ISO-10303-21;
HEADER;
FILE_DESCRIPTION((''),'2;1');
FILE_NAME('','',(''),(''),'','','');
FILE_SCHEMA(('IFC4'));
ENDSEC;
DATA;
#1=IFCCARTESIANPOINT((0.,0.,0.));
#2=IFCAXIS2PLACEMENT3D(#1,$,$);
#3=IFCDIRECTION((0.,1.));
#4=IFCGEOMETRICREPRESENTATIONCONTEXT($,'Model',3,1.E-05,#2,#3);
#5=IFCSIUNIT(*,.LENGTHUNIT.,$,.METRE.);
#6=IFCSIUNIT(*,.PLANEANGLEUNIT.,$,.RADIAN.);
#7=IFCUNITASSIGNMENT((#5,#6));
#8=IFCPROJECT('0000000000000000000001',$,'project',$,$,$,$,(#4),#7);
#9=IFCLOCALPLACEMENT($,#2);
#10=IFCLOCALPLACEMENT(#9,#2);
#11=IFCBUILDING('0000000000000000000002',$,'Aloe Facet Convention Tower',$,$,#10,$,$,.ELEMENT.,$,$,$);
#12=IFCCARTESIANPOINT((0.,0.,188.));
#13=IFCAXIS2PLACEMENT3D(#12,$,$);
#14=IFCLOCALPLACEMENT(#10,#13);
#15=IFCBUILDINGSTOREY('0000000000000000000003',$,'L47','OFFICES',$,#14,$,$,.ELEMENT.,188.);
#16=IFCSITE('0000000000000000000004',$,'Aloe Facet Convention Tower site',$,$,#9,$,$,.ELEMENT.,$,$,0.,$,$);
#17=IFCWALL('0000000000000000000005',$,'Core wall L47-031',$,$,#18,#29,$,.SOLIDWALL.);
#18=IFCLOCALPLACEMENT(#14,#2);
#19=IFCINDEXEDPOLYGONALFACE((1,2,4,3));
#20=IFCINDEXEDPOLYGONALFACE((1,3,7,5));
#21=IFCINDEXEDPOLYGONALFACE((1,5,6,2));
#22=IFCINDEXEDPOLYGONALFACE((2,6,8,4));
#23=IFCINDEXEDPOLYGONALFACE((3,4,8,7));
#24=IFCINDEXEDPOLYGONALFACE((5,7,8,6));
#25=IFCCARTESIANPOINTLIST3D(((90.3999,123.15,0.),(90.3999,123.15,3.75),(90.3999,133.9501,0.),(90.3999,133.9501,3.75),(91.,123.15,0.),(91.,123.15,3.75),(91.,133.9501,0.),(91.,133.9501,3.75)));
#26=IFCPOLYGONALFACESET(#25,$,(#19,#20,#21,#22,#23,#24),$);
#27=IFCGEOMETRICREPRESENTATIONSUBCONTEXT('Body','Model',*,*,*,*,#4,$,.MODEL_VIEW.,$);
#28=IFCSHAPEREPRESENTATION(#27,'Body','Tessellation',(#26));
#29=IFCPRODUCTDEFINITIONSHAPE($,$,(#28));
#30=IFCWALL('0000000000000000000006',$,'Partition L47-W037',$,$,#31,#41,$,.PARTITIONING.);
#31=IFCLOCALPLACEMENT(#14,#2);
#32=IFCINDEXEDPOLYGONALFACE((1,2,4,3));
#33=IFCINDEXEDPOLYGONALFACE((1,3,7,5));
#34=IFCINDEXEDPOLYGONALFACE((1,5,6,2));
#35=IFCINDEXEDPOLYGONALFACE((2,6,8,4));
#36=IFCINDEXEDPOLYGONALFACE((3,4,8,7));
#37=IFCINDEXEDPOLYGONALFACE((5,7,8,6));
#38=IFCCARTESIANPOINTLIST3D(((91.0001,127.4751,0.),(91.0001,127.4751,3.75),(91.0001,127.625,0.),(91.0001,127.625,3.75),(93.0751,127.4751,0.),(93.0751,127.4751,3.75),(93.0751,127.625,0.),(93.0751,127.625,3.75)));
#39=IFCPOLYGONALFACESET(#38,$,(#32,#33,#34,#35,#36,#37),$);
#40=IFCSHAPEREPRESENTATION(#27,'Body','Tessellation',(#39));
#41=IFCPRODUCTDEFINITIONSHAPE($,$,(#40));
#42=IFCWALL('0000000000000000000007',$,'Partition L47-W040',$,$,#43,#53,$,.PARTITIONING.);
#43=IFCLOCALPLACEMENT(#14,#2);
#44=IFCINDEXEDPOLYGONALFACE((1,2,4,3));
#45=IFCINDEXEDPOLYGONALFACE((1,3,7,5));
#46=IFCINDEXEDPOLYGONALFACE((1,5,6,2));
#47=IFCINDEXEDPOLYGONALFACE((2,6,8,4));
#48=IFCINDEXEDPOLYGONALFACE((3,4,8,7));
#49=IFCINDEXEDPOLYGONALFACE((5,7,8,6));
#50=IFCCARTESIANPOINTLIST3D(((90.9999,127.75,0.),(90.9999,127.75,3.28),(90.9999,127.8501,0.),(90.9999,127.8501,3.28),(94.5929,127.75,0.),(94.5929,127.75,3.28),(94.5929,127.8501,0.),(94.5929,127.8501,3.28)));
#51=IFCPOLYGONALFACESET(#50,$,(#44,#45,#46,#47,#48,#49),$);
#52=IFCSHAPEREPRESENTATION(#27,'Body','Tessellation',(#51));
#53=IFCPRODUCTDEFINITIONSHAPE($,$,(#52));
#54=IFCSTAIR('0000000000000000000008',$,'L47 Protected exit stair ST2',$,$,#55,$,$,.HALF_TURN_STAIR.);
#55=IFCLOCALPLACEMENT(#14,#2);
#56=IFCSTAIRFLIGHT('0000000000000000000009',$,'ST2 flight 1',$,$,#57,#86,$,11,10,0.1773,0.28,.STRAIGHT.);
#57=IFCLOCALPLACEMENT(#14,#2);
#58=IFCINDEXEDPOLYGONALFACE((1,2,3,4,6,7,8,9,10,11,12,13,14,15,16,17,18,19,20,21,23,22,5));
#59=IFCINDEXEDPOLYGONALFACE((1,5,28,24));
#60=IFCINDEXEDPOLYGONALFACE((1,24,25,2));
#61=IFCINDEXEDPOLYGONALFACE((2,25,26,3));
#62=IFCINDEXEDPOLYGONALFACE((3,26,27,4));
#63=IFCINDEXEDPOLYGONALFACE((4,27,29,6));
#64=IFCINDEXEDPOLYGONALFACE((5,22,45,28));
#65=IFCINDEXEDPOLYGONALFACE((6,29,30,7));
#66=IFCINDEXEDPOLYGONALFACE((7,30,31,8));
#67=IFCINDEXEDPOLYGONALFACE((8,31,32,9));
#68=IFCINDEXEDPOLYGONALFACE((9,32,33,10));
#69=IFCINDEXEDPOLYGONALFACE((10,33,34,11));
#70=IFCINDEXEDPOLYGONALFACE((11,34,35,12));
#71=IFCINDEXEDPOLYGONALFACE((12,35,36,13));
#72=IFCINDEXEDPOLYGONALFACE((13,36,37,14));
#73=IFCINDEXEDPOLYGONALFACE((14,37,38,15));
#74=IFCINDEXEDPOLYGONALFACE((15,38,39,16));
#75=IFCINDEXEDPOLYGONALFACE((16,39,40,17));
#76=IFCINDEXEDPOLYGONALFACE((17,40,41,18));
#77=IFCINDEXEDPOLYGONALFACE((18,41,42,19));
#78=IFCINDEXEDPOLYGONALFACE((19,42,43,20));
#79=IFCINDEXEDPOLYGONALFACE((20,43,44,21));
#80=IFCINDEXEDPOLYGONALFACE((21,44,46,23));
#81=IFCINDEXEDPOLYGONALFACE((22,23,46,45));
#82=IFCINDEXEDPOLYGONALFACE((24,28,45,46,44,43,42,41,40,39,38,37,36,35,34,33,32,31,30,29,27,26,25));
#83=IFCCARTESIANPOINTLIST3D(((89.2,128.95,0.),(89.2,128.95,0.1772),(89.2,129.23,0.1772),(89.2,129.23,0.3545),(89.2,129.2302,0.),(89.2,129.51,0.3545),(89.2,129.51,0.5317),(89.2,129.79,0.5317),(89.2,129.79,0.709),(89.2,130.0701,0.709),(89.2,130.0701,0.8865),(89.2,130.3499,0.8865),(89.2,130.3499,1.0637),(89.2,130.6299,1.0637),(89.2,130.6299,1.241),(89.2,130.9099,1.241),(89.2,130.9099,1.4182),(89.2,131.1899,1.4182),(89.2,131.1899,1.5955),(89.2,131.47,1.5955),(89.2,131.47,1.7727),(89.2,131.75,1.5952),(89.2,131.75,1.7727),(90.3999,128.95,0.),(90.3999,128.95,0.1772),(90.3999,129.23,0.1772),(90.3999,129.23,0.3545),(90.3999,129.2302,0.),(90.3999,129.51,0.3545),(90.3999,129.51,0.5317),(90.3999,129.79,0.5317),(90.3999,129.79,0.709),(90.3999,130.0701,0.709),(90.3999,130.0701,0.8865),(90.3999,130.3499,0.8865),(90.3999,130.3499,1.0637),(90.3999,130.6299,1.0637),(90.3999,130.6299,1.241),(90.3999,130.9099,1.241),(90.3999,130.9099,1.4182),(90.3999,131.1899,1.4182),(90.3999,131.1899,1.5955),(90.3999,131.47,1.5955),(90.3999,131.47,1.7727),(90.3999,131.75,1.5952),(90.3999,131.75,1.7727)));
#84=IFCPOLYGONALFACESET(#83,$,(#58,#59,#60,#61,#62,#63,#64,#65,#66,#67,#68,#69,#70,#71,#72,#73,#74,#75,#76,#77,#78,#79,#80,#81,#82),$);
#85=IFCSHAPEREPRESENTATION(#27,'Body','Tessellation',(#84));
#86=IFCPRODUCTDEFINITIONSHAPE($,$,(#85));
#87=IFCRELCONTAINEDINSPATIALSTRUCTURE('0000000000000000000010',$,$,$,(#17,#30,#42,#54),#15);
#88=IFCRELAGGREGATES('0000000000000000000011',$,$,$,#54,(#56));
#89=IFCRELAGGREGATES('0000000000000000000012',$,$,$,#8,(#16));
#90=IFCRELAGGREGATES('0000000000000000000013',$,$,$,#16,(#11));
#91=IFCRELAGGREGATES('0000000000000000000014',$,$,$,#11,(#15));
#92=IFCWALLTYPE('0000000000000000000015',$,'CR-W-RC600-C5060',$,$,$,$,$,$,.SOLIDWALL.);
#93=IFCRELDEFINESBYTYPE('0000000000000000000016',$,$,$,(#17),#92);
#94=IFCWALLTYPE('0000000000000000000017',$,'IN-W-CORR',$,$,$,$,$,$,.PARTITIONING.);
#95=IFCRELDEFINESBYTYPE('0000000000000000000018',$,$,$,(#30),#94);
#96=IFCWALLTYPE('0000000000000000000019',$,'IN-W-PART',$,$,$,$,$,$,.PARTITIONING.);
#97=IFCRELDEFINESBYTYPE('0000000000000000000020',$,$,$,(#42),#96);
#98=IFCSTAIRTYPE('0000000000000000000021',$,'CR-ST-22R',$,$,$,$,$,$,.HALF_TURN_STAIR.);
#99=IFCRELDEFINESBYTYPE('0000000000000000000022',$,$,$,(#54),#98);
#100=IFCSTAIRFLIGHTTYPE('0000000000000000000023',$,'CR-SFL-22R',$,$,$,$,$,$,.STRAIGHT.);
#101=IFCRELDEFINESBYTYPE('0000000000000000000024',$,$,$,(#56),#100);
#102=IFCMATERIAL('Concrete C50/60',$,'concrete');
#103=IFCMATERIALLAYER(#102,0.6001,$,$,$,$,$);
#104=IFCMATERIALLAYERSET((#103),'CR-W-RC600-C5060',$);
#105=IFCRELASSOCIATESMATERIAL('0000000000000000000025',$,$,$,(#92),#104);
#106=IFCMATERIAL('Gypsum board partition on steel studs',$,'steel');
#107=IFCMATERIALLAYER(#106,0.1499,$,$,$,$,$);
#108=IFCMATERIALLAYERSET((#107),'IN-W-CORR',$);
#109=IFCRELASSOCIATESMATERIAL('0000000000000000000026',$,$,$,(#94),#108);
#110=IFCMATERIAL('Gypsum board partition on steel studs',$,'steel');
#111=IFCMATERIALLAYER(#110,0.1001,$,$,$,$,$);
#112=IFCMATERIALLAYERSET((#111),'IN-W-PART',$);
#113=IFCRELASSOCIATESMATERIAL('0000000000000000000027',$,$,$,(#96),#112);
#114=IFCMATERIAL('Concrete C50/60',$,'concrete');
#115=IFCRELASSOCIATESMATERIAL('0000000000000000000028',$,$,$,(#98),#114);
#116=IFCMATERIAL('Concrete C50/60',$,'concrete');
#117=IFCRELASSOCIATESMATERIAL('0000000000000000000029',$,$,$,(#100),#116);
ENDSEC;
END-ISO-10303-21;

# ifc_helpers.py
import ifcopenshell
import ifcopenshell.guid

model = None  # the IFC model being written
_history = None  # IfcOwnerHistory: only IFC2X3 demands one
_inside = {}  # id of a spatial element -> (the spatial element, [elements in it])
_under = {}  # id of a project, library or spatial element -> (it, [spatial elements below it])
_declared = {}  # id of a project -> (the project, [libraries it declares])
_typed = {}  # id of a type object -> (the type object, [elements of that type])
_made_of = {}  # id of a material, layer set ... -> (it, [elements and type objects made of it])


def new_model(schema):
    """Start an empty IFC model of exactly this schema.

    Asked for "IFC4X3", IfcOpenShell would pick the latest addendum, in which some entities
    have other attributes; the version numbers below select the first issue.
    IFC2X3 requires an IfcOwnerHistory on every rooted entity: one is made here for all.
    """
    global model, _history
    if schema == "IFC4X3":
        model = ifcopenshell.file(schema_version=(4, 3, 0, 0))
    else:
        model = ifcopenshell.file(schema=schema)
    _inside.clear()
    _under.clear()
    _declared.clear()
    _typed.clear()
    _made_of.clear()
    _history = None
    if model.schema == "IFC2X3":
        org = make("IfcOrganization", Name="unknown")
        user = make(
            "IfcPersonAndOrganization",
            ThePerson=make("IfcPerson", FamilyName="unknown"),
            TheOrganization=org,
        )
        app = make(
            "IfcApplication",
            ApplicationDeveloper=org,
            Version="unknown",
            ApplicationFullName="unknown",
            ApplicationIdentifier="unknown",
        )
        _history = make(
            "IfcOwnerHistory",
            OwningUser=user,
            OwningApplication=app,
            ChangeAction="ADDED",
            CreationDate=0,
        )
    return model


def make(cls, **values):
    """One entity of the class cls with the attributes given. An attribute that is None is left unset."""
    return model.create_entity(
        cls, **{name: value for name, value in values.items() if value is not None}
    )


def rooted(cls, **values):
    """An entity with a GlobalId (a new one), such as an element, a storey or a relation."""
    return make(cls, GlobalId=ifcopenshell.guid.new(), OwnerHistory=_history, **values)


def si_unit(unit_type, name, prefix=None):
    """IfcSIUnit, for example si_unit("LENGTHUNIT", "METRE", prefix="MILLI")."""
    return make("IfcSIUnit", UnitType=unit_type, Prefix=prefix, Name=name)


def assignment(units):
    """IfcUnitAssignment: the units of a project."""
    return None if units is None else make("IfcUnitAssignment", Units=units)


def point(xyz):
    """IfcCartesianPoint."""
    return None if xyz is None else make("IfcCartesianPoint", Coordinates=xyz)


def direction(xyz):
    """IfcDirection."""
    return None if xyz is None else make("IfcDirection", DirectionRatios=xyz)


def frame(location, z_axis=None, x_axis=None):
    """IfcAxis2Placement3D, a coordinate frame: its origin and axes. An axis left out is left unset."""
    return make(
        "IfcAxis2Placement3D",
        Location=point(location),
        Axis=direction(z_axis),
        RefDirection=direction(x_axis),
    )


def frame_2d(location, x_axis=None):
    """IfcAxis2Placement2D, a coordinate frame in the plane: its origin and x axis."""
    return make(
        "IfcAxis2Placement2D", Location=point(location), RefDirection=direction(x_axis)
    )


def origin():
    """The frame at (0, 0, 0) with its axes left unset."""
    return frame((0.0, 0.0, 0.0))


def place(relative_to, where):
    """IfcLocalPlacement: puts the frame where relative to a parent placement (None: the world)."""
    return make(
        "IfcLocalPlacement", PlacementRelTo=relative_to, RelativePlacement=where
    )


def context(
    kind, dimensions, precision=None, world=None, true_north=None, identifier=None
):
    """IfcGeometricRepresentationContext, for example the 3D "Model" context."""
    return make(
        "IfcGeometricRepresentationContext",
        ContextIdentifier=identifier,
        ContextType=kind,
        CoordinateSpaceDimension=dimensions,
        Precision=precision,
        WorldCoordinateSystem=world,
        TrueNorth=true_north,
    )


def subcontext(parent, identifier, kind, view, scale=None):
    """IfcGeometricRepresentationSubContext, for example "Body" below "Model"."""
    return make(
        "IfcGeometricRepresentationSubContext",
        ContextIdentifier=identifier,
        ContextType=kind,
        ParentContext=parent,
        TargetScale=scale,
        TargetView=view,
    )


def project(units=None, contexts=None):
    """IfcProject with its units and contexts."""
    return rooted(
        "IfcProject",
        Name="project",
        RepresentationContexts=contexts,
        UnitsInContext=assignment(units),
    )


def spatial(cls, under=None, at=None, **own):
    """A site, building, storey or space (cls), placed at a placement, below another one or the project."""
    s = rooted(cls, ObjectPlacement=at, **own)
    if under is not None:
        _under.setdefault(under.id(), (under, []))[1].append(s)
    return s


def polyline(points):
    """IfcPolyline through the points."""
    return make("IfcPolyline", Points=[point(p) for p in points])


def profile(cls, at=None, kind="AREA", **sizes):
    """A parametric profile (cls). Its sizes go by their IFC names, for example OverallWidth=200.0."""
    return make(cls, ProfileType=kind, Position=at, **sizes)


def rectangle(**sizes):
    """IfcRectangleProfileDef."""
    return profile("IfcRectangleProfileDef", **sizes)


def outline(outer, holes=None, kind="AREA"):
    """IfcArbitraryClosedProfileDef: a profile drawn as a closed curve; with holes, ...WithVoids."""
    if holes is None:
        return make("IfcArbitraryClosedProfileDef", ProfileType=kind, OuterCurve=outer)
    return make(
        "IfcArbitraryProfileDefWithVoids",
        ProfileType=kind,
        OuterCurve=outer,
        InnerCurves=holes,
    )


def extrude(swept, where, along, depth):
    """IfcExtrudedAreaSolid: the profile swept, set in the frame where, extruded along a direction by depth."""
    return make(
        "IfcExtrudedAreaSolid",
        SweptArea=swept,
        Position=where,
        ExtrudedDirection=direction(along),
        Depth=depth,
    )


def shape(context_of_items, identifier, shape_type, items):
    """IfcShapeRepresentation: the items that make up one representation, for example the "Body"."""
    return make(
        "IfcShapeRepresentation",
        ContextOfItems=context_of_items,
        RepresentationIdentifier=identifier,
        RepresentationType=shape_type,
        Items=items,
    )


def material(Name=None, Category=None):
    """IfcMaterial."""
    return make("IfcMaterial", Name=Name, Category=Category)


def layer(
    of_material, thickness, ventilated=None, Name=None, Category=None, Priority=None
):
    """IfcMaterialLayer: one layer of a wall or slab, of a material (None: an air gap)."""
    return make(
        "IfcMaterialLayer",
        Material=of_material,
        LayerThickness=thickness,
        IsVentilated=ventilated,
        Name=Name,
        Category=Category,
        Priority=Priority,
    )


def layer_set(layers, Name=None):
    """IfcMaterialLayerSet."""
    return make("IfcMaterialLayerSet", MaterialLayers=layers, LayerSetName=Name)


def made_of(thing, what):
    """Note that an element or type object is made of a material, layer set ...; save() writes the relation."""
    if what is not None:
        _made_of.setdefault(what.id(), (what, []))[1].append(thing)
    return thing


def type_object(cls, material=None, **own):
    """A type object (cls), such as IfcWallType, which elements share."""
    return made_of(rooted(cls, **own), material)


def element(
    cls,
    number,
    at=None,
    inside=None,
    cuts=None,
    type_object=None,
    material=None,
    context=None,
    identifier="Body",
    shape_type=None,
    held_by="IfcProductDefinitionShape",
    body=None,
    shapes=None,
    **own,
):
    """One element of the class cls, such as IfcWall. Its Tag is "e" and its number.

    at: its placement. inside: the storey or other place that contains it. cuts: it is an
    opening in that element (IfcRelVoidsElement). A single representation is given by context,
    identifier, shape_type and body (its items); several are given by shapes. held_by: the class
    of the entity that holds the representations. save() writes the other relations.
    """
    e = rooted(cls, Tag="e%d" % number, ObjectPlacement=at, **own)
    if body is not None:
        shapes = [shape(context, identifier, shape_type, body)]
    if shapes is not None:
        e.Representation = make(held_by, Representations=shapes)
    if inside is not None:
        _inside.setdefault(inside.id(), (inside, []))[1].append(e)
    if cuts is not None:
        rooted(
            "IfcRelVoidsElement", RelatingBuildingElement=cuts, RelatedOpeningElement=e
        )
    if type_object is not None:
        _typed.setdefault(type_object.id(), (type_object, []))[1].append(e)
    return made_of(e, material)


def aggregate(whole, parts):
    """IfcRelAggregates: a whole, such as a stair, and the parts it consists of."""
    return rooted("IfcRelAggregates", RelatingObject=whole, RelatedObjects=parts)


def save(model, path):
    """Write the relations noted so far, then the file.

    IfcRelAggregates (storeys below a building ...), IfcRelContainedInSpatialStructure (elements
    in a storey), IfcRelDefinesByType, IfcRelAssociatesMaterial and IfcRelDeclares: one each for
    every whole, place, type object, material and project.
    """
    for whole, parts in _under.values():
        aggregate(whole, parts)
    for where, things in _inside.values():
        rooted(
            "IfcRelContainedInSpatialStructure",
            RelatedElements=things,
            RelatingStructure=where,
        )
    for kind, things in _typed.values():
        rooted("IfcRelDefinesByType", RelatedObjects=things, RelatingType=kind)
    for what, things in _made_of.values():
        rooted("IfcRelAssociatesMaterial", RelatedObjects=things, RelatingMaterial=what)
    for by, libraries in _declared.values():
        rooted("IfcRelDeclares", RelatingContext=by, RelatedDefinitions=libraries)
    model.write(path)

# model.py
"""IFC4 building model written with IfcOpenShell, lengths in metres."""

from ifc_helpers import new_model, si_unit, direction, frame, frame_2d, origin, place, context, subcontext, project, spatial, polyline, rectangle, outline, extrude, material, layer, layer_set, type_object, element, aggregate, save


model = new_model("IFC4")

# Units and contexts
model_context = context("Model", 3, precision=1e-05, world=origin(), true_north=direction((0.0, 1.0)))
body_context = subcontext(model_context, "Body", "Model", "MODEL_VIEW")
ifc_project = project(units=[si_unit("LENGTHUNIT", "METRE"), si_unit("PLANEANGLEUNIT", "RADIAN")], contexts=[model_context])

# Site, building, storey
site_placement = place(None, origin())
site = spatial("IfcSite", under=ifc_project, at=site_placement, Name="Aloe Facet Convention Tower site", CompositionType="ELEMENT", RefElevation=0.0)
building_placement = place(site_placement, origin())
building = spatial("IfcBuilding", under=site, at=building_placement, Name="Aloe Facet Convention Tower", CompositionType="ELEMENT")
storey_placement = place(building_placement, frame((0.0, 0.0, 188.0)))
storey = spatial("IfcBuildingStorey", under=building, at=storey_placement, Name="L47", Description="OFFICES", CompositionType="ELEMENT", Elevation=188.0)

# Walls
ifc_material_1 = material(Name="Concrete C50/60", Category="concrete")
ifc_layer_1 = layer(ifc_material_1, 0.6001)
ifc_layer_set_1 = layer_set([ifc_layer_1], Name="CR-W-RC600-C5060")
wall_type_1 = type_object("IfcWallType", Name="CR-W-RC600-C5060", PredefinedType="SOLIDWALL", material=ifc_layer_set_1)
wall_1_placement = place(storey_placement, frame((90.7, 133.95, 0.0), z_axis=(0.0, 0.0, 1.0), x_axis=(0.0, -1.0, 0.0)))
element("IfcWall", 1, at=wall_1_placement, inside=storey, type_object=wall_type_1, Name="Core wall L47-031", PredefinedType="SOLIDWALL", context=body_context, shape_type="SweptSolid", body=[
    extrude(rectangle(XDim=10.8, YDim=0.6001, at=frame_2d((5.3999, 0.0))), origin(), (0.0, 0.0, 1.0), 3.75),
])
ifc_material_2 = material(Name="Gypsum board partition on steel studs", Category="steel")
ifc_layer_2 = layer(ifc_material_2, 0.1499)
ifc_layer_set_2 = layer_set([ifc_layer_2], Name="IN-W-CORR")
wall_type_2 = type_object("IfcWallType", Name="IN-W-CORR", PredefinedType="PARTITIONING", material=ifc_layer_set_2)
wall_2_placement = place(storey_placement, frame((91.0, 127.55, 0.0), z_axis=(0.0, 0.0, 1.0), x_axis=(1.0, 0.0, 0.0)))
element("IfcWall", 2, at=wall_2_placement, inside=storey, type_object=wall_type_2, Name="Partition L47-W037", PredefinedType="PARTITIONING", context=body_context, shape_type="SweptSolid", body=[
    extrude(rectangle(XDim=2.075, YDim=0.1499, at=frame_2d((1.0376, 0.0))), origin(), (0.0, 0.0, 1.0), 3.75),
])
ifc_material_3 = material(Name="Gypsum board partition on steel studs", Category="steel")
ifc_layer_3 = layer(ifc_material_3, 0.1001)
ifc_layer_set_3 = layer_set([ifc_layer_3], Name="IN-W-PART")
wall_type_3 = type_object("IfcWallType", Name="IN-W-PART", PredefinedType="PARTITIONING", material=ifc_layer_set_3)
wall_3_placement = place(storey_placement, frame((91.0, 127.8, 0.0), z_axis=(0.0, 0.0, 1.0), x_axis=(1.0, 0.0, 0.0)))
element("IfcWall", 3, at=wall_3_placement, inside=storey, type_object=wall_type_3, Name="Partition L47-W040", PredefinedType="PARTITIONING", context=body_context, shape_type="SweptSolid", body=[
    extrude(rectangle(XDim=3.593, YDim=0.1001, at=frame_2d((1.7964, 0.0))), origin(), (0.0, 0.0, 1.0), 3.28),
])

# Stair, stair flight
ifc_material_4 = material(Name="Concrete C50/60", Category="concrete")
stair_type = type_object("IfcStairType", Name="CR-ST-22R", PredefinedType="HALF_TURN_STAIR", material=ifc_material_4)
stair_placement = place(storey_placement, origin())
stair = element("IfcStair", 4, at=stair_placement, inside=storey, type_object=stair_type, Name="L47 Protected exit stair ST2", PredefinedType="HALF_TURN_STAIR")
ifc_material_5 = material(Name="Concrete C50/60", Category="concrete")
stair_flight_type = type_object("IfcStairFlightType", Name="CR-SFL-22R", PredefinedType="STRAIGHT", material=ifc_material_5)
stair_flight_placement = place(storey_placement, frame((89.8, 128.95, 0.0), z_axis=(0.0, 0.0, 1.0), x_axis=(0.0, 1.0, 0.0)))
stair_flight = element("IfcStairFlight", 5, at=stair_flight_placement, type_object=stair_flight_type, Name="ST2 flight 1", NumberOfRisers=11, NumberOfTreads=10, PredefinedType="STRAIGHT", RiserHeight=0.1773, TreadLength=0.28, context=body_context, shape_type="SweptSolid", body=[
    extrude(outline(polyline([(0.0, 0.0), (0.0, 0.1772), (0.28, 0.1772), (0.28, 0.3545), (0.5601, 0.3545), (0.5601, 0.5317), (0.8401, 0.5317), (0.8401, 0.709), (1.1201, 0.709), (1.1201, 0.8865), (1.3999, 0.8865), (1.3999, 1.0637), (1.6799, 1.0637), (1.6799, 1.241), (1.96, 1.241), (1.96, 1.4182), (2.24, 1.4182), (2.24, 1.5955), (2.52, 1.5955), (2.52, 1.7727), (2.8, 1.7727), (2.8, 1.95), (2.8, 1.5952), (0.2803, 0.0), (0.0, 0.0)])), frame((0.0, 0.6001, 0.0), z_axis=(0.0, -1.0, 0.0), x_axis=(1.0, 0.0, 0.0)), (0.0, 0.0, 1.0), 1.2),
])
aggregate(stair, [stair_flight])

save(model, "model.ifc")
